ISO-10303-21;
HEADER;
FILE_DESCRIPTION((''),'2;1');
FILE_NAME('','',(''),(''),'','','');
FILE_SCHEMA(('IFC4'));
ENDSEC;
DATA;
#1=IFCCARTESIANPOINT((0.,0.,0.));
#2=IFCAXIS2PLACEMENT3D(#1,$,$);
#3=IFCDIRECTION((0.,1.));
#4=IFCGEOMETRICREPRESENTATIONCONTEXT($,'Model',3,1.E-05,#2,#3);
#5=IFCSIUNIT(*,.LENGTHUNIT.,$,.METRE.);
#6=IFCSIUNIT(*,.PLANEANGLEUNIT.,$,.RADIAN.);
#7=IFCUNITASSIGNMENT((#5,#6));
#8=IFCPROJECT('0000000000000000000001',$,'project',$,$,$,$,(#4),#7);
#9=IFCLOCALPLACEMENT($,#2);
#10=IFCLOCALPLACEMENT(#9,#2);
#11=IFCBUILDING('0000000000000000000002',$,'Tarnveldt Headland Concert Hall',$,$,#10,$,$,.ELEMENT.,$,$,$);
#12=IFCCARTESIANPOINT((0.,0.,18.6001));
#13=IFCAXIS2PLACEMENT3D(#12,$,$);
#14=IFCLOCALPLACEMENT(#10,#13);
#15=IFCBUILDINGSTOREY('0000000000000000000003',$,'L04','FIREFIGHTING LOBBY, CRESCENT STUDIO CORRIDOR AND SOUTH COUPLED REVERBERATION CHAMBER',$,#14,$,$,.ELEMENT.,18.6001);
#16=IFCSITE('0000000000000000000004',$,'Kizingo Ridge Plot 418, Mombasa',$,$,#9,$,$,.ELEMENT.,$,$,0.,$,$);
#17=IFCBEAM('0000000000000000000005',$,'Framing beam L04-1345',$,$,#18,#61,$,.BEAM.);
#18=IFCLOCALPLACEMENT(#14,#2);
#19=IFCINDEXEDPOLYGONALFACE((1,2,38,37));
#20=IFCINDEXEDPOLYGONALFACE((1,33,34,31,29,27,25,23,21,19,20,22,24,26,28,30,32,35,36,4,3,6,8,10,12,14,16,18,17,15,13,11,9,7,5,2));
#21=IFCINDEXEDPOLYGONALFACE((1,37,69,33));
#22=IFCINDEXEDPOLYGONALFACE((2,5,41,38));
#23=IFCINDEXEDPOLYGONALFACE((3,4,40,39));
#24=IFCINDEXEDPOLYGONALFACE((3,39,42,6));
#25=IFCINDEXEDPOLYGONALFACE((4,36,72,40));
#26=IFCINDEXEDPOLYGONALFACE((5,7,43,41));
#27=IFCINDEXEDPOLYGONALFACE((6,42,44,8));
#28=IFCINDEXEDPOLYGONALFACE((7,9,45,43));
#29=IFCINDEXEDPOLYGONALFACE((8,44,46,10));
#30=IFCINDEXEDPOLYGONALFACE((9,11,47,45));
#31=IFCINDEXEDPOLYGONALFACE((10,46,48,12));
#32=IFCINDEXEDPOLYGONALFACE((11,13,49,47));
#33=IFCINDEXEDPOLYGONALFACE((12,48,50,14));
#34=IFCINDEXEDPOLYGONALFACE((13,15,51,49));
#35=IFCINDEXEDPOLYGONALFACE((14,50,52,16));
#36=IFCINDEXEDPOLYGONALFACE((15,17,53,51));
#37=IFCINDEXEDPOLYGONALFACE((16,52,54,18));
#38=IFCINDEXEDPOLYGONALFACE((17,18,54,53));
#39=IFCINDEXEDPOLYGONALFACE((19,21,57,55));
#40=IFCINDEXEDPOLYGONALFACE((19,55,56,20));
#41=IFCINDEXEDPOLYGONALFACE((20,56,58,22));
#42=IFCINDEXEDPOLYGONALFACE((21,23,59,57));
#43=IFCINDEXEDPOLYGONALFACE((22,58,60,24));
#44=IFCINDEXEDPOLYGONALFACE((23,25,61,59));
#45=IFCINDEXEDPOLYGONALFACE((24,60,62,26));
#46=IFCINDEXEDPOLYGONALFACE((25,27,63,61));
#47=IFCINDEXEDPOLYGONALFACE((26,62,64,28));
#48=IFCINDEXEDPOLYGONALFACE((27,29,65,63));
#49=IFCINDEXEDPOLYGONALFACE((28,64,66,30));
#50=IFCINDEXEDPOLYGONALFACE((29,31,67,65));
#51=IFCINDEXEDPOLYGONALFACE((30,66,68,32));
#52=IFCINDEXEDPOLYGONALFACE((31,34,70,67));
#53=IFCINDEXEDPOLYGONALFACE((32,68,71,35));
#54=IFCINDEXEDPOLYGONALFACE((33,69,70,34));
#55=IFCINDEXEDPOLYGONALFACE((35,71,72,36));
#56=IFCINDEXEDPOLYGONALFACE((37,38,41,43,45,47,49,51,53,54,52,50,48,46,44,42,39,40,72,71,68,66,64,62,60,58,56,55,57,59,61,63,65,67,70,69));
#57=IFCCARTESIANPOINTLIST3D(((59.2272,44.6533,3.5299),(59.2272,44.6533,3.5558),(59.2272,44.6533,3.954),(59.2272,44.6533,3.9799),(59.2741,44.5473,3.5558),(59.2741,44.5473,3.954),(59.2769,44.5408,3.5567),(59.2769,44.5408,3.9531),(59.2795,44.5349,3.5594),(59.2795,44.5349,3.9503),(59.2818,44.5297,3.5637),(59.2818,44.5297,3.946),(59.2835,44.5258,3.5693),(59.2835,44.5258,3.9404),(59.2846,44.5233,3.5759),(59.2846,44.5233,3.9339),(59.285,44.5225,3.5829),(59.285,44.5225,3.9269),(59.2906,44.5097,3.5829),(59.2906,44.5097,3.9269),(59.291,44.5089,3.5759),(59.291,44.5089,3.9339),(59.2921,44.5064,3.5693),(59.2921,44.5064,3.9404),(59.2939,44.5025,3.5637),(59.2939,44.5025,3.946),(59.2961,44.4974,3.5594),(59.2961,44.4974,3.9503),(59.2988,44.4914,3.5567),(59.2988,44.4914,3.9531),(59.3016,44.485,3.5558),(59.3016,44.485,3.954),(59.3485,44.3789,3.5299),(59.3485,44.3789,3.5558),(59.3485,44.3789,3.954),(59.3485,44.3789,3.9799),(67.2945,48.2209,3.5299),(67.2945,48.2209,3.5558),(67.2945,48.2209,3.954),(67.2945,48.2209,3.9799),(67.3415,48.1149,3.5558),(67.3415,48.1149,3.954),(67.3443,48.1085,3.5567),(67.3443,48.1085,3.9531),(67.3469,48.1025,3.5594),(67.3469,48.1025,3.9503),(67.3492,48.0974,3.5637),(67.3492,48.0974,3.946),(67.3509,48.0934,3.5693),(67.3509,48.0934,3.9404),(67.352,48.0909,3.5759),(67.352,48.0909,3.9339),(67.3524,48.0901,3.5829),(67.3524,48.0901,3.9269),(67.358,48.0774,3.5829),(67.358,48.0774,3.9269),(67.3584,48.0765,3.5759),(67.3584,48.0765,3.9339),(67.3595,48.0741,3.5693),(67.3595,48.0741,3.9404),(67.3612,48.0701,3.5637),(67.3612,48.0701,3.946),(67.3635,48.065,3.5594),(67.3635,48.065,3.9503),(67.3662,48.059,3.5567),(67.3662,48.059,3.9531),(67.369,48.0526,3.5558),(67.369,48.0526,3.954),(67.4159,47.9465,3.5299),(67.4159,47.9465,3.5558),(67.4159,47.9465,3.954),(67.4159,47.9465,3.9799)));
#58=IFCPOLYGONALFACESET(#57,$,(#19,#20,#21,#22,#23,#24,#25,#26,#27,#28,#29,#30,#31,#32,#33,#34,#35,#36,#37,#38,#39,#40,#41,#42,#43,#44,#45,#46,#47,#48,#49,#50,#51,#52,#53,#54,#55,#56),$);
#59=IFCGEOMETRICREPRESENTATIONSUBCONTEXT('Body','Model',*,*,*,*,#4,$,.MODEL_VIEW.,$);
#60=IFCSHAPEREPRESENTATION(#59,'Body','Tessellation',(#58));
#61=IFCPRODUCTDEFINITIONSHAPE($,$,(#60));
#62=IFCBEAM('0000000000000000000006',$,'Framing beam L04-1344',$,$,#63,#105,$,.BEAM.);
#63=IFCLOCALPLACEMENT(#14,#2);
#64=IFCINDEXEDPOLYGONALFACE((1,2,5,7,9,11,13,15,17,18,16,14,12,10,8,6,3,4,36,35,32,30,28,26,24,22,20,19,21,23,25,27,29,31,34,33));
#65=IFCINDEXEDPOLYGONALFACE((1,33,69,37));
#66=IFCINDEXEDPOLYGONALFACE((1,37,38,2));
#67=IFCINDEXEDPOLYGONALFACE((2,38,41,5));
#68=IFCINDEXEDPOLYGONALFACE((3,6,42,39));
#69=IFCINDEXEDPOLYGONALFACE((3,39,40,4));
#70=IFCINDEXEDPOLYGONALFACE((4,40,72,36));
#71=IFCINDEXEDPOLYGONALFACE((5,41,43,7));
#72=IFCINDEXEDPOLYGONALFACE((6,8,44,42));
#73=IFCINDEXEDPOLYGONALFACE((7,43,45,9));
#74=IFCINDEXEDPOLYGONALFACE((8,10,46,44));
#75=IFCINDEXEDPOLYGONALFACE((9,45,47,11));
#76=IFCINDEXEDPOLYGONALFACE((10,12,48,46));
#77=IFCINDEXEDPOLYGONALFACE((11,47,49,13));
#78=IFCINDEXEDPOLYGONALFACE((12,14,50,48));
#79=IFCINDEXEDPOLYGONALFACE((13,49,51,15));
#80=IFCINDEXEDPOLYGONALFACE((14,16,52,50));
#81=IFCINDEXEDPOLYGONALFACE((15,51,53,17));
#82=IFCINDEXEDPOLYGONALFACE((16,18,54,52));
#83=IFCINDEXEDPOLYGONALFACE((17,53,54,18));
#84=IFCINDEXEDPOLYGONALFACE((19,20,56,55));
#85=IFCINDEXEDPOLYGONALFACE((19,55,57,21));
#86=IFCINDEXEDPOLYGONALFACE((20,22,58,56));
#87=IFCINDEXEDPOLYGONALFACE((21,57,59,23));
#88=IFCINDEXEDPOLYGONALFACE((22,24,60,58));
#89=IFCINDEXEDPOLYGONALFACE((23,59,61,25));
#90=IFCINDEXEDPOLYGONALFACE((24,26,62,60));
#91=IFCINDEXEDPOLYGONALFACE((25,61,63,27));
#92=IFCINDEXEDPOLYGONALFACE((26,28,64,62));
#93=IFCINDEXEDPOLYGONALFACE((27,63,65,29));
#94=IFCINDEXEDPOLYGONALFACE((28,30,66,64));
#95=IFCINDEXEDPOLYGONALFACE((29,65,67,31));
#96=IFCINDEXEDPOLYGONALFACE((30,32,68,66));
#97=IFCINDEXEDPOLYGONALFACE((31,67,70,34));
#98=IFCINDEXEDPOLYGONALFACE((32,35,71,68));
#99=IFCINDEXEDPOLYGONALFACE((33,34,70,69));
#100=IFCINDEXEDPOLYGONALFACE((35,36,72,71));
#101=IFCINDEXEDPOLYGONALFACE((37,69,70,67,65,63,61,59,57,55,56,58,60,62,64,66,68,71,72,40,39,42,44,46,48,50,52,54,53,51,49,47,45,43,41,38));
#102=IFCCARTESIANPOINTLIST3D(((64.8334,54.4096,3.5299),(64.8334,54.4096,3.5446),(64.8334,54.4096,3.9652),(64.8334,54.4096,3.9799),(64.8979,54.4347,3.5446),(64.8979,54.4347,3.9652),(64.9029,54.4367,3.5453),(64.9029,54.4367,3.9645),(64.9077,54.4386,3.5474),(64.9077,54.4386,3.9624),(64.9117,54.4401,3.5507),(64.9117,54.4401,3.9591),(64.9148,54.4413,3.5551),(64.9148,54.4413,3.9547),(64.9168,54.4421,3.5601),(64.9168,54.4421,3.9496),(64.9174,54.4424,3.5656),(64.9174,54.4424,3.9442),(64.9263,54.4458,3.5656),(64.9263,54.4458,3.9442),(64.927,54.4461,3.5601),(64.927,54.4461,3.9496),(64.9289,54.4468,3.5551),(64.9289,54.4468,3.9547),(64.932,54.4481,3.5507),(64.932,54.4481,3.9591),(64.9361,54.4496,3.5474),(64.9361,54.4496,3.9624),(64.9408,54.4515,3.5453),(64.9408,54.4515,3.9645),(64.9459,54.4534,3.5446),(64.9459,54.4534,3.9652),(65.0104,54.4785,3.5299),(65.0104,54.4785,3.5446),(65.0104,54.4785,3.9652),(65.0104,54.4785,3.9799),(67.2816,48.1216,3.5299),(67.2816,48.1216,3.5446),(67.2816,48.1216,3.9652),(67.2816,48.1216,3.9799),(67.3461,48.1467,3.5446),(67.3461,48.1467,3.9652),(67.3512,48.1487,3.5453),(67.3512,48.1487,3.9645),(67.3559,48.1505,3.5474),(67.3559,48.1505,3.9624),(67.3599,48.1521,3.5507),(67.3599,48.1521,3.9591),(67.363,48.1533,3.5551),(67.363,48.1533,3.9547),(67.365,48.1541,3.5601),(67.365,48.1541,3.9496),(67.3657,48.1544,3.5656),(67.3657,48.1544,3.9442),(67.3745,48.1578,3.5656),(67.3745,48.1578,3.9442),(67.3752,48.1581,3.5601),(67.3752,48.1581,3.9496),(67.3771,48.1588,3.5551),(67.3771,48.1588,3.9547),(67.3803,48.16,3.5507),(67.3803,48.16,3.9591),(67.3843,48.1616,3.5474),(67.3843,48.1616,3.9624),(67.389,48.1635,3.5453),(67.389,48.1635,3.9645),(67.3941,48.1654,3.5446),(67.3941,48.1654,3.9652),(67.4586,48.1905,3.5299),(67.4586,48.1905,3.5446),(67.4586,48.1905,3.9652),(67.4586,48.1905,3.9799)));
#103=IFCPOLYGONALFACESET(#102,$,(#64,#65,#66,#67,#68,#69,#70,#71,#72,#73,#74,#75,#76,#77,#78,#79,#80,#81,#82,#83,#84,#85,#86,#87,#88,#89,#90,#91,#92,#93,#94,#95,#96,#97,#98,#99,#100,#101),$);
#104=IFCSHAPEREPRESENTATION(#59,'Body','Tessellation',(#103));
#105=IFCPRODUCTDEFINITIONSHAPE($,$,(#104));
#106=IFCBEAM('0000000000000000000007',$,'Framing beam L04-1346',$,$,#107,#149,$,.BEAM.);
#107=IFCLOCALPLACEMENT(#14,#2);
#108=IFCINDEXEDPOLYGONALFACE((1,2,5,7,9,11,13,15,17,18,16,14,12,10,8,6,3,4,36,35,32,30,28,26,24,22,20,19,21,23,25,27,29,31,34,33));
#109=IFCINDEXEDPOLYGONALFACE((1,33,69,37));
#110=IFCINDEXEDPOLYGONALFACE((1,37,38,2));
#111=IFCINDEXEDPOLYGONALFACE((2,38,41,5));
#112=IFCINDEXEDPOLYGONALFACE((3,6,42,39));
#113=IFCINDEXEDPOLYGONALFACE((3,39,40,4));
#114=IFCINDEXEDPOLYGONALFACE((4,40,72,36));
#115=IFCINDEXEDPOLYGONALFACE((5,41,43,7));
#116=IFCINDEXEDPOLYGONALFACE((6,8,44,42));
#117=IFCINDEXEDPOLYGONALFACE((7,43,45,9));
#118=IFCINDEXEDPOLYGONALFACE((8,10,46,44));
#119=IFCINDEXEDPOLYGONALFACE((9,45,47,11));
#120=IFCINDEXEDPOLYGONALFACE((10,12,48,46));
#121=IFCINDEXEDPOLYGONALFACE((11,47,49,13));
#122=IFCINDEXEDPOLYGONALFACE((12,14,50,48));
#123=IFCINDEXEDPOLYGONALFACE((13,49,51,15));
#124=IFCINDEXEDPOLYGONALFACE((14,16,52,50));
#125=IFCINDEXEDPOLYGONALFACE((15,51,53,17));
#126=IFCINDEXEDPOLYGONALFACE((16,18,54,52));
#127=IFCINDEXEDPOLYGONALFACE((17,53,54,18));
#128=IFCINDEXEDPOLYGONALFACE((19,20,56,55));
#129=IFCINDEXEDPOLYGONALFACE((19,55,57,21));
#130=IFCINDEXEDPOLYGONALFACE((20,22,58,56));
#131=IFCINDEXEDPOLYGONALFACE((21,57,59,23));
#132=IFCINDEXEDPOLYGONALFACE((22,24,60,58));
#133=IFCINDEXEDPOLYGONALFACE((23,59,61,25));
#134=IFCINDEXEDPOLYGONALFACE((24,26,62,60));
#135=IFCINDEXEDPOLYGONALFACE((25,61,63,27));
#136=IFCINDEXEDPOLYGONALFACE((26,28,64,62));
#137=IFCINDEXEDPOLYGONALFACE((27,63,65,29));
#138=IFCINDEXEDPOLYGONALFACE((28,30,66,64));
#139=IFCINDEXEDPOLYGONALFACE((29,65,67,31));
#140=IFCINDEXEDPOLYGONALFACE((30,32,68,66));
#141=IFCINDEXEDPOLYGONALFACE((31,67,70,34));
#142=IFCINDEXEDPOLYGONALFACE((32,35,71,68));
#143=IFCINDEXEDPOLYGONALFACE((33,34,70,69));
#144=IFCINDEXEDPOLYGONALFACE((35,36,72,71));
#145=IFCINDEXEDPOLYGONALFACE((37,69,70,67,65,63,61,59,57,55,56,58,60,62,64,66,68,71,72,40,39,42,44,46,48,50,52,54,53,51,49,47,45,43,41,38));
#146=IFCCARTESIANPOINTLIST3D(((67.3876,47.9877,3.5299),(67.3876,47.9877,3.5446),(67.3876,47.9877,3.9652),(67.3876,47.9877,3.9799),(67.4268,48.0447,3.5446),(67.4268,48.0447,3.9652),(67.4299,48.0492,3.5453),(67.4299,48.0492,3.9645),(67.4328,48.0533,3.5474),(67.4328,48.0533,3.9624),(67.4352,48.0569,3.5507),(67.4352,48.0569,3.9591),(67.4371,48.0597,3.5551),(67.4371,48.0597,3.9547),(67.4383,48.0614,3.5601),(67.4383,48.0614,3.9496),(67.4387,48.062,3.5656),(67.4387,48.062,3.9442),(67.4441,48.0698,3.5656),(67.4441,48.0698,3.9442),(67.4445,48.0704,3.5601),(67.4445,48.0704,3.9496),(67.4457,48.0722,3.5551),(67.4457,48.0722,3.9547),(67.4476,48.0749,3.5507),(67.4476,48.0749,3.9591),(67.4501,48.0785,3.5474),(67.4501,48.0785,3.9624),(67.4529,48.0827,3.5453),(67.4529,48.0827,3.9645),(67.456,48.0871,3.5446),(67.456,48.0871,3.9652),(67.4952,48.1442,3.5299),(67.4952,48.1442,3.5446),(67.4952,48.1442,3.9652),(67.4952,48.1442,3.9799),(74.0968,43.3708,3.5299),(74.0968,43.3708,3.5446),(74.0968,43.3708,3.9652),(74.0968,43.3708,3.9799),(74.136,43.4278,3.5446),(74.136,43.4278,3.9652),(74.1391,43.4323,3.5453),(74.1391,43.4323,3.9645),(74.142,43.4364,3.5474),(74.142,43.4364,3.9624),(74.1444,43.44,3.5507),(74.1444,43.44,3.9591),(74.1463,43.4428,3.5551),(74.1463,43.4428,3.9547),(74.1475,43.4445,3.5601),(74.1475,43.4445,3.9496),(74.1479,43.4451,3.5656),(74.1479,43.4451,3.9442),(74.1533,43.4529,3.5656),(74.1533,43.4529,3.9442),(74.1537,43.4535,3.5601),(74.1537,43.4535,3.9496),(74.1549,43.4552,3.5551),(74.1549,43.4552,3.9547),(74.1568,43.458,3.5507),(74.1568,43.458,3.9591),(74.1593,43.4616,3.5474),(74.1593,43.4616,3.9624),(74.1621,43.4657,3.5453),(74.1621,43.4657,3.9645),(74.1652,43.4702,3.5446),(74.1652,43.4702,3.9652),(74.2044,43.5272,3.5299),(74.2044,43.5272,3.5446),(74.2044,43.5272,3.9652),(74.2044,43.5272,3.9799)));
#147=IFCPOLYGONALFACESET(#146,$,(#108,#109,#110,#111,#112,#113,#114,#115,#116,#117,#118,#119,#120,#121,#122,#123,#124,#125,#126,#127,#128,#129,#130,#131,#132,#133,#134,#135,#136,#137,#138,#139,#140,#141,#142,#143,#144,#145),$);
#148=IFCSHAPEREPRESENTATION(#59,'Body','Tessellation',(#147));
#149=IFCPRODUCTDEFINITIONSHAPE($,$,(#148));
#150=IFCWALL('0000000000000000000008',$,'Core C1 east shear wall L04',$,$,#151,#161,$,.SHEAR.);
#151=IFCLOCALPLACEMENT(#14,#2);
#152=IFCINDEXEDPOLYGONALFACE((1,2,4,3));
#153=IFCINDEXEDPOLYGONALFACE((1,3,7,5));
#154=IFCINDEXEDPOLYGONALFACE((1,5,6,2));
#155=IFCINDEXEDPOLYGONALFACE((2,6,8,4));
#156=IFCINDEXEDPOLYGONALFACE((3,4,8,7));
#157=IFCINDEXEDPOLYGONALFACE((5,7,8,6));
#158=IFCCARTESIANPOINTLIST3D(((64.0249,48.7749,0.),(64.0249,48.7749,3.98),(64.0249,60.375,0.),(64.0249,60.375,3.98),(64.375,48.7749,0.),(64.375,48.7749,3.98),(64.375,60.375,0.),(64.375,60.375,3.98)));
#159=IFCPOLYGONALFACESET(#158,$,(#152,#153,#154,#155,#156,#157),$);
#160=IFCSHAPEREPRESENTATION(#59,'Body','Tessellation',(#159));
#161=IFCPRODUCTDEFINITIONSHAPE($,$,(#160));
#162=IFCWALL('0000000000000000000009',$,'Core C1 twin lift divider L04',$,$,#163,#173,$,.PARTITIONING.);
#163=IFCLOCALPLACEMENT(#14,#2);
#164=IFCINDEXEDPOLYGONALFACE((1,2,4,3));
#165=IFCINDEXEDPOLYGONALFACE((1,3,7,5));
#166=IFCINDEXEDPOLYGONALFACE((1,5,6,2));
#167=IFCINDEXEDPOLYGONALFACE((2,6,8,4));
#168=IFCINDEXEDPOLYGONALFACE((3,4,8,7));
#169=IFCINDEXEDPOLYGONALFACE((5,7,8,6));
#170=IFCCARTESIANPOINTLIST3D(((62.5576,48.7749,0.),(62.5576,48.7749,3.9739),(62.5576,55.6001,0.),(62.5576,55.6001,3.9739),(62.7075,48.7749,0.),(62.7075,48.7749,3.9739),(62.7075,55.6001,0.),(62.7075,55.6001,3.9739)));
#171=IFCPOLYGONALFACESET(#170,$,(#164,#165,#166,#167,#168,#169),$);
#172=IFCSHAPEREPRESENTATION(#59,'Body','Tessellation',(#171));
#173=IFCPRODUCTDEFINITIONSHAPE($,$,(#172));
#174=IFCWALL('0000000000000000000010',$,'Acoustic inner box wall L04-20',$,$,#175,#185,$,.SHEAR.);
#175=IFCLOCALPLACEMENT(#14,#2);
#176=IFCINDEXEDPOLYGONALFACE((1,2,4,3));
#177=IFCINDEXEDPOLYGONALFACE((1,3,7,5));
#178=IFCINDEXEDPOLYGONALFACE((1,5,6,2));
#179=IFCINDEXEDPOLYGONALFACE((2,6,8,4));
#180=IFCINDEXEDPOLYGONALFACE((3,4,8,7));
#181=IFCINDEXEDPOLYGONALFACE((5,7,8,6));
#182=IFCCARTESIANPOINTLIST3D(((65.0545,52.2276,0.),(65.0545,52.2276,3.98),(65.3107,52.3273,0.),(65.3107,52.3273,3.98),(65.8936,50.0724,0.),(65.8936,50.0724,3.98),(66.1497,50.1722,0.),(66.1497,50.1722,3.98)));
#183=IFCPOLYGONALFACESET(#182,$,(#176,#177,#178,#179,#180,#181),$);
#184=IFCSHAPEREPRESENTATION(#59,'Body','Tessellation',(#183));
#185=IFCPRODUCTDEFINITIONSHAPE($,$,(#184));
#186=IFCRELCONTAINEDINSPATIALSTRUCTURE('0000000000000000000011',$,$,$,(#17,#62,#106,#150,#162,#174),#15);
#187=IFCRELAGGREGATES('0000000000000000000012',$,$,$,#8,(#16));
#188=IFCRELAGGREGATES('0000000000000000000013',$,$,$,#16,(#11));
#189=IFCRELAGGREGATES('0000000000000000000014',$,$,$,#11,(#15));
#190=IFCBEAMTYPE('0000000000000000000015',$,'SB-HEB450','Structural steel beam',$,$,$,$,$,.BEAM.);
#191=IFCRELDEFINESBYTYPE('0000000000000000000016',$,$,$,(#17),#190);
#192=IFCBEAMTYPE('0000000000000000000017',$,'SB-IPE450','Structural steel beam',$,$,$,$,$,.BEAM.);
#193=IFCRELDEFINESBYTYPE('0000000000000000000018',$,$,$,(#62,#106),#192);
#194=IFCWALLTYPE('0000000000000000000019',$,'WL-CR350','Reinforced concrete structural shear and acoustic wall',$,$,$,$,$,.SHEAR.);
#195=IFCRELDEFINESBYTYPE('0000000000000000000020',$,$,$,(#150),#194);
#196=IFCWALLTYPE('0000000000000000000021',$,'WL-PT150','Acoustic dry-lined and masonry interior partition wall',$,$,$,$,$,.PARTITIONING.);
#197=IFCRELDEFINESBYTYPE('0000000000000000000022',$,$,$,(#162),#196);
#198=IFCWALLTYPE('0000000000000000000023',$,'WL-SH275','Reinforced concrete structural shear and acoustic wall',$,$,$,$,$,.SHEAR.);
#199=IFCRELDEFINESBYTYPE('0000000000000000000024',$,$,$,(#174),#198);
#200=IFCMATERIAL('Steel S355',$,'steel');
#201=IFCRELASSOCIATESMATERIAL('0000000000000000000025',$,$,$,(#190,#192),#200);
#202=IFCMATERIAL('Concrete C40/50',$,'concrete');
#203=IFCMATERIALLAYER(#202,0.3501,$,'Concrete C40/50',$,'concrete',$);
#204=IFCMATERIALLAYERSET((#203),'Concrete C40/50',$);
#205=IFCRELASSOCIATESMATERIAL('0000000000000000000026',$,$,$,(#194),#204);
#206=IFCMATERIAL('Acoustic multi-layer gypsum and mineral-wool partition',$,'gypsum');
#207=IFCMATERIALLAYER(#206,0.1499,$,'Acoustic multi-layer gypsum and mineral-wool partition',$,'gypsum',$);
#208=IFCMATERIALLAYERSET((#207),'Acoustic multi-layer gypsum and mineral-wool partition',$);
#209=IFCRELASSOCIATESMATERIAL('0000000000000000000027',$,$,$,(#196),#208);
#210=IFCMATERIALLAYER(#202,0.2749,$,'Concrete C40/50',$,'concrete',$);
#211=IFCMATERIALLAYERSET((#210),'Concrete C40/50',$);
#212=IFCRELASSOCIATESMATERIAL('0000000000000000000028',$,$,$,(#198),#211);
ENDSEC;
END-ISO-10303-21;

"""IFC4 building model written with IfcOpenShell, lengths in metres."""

from ifc_helpers import new_model, si_unit, direction, frame, frame_2d, origin, origin_2d, place, context, subcontext, project, spatial, rectangle, i_section, extrude, material, layer, layer_set, material_profile, profile_set, type_object, element, save


model = new_model("IFC4")

# Units and contexts
model_context = context("Model", 3, precision=1e-05, world=origin(), true_north=direction((0.0, 1.0)))
body_context = subcontext(model_context, "Body", "Model", "MODEL_VIEW")
ifc_project = project(units=[si_unit("LENGTHUNIT", "METRE"), si_unit("PLANEANGLEUNIT", "RADIAN")], contexts=[model_context])

# Site, building, storey
site_placement = place(None, origin())
site = spatial("IfcSite", under=ifc_project, at=site_placement, Name="Kizingo Ridge Plot 418, Mombasa", CompositionType="ELEMENT", RefElevation=0.0)
building_placement = place(site_placement, origin())
building = spatial("IfcBuilding", under=site, at=building_placement, Name="Tarnveldt Headland Concert Hall", CompositionType="ELEMENT")
storey_placement = place(building_placement, frame((0.0, 0.0, 18.6001)))
storey = spatial("IfcBuildingStorey", under=building, at=storey_placement, Name="L04", Description="FIREFIGHTING LOBBY, CRESCENT STUDIO CORRIDOR AND SOUTH COUPLED REVERBERATION CHAMBER", CompositionType="ELEMENT", Elevation=18.6001)

# Shared definitions
ifc_material_1 = material(Name="Concrete C40/50", Category="concrete")

# Beams
ifc_material_2 = material(Name="Steel S355", Category="steel")
ifc_material_profile_1 = material_profile(ifc_material_2, i_section(OverallWidth=0.3, OverallDepth=0.45, WebThickness=0.0139, FlangeThickness=0.0259, FilletRadius=0.0271, at=origin_2d()), Name="HEB450", Category="steel")
ifc_profile_set_1 = profile_set([ifc_material_profile_1], Name="Steel S355")
beam_type_1 = type_object("IfcBeamType", Name="SB-HEB450", Description="Structural steel beam", PredefinedType="BEAM", material=ifc_profile_set_1)
beam_1_placement = place(storey_placement, frame((67.3552, 48.0837, 3.7549), z_axis=(-0.914562, -0.404445, 0.0), x_axis=(0.404445, -0.914562, 0.0)))
element("IfcBeam", 1, at=beam_1_placement, inside=storey, type_object=beam_type_1, Name="Framing beam L04-1345", PredefinedType="BEAM", context=body_context, shape_type="SweptSolid", body=[
    extrude(i_section(OverallWidth=0.3, OverallDepth=0.45, WebThickness=0.0139, FlangeThickness=0.0259, FilletRadius=0.0271, at=origin_2d()), origin(), (0.0, 0.0, 1.0), 8.821),
])
ifc_material_profile_2 = material_profile(ifc_material_2, i_section(OverallWidth=0.1899, OverallDepth=0.45, WebThickness=0.0095, FlangeThickness=0.0146, FilletRadius=0.021, at=origin_2d()), Name="IPE450", Category="steel")
ifc_profile_set_2 = profile_set([ifc_material_profile_2], Name="Steel S355")
beam_type_2 = type_object("IfcBeamType", Name="SB-IPE450", Description="Structural steel beam", PredefinedType="BEAM", material=ifc_profile_set_2)
beam_2_placement = place(storey_placement, frame((64.9219, 54.4441, 3.7549), z_axis=(0.362816, -0.931861, 0.0), x_axis=(0.931861, 0.362816, 0.0)))
element("IfcBeam", 2, at=beam_2_placement, inside=storey, type_object=beam_type_2, Name="Framing beam L04-1344", PredefinedType="BEAM", context=body_context, shape_type="SweptSolid", body=[
    extrude(i_section(OverallWidth=0.1899, OverallDepth=0.45, WebThickness=0.0095, FlangeThickness=0.0146, FilletRadius=0.021, at=origin_2d()), origin(), (0.0, 0.0, 1.0), 6.7478),
])
beam_3_placement = place(storey_placement, frame((67.4414, 48.0659, 3.7549), z_axis=(0.823793, -0.566891, 0.0), x_axis=(0.566891, 0.823793, 0.0)))
element("IfcBeam", 3, at=beam_3_placement, inside=storey, type_object=beam_type_2, Name="Framing beam L04-1346", PredefinedType="BEAM", context=body_context, shape_type="SweptSolid", body=[
    extrude(i_section(OverallWidth=0.1899, OverallDepth=0.45, WebThickness=0.0095, FlangeThickness=0.0146, FilletRadius=0.021, at=origin_2d()), origin(), (0.0, 0.0, 1.0), 8.1443),
])

# Walls
ifc_layer_1 = layer(ifc_material_1, 0.3501, Name="Concrete C40/50", Category="concrete")
ifc_layer_set_1 = layer_set([ifc_layer_1], Name="Concrete C40/50")
wall_type_1 = type_object("IfcWallType", Name="WL-CR350", Description="Reinforced concrete structural shear and acoustic wall", PredefinedType="SHEAR", material=ifc_layer_set_1)
wall_1_placement = place(storey_placement, frame((64.2, 48.7749, 0.0), z_axis=(0.0, 0.0, 1.0), x_axis=(0.0, 1.0, 0.0)))
element("IfcWall", 4, at=wall_1_placement, inside=storey, type_object=wall_type_1, Name="Core C1 east shear wall L04", PredefinedType="SHEAR", context=body_context, shape_type="SweptSolid", body=[
    extrude(rectangle(XDim=11.6001, YDim=0.3501, at=frame_2d((5.8, 0.0))), origin(), (0.0, 0.0, 1.0), 3.98),
])
ifc_material_3 = material(Name="Acoustic multi-layer gypsum and mineral-wool partition", Category="gypsum")
ifc_layer_2 = layer(ifc_material_3, 0.1499, Name="Acoustic multi-layer gypsum and mineral-wool partition", Category="gypsum")
ifc_layer_set_2 = layer_set([ifc_layer_2], Name="Acoustic multi-layer gypsum and mineral-wool partition")
wall_type_2 = type_object("IfcWallType", Name="WL-PT150", Description="Acoustic dry-lined and masonry interior partition wall", PredefinedType="PARTITIONING", material=ifc_layer_set_2)
wall_2_placement = place(storey_placement, frame((62.6326, 48.7749, 0.0), z_axis=(0.0, 0.0, 1.0), x_axis=(0.0, 1.0, 0.0)))
element("IfcWall", 5, at=wall_2_placement, inside=storey, type_object=wall_type_2, Name="Core C1 twin lift divider L04", PredefinedType="PARTITIONING", context=body_context, shape_type="SweptSolid", body=[
    extrude(rectangle(XDim=6.8252, YDim=0.1499, at=frame_2d((3.4126, 0.0))), origin(), (0.0, 0.0, 1.0), 3.9739),
])

# Wall
ifc_layer_3 = layer(ifc_material_1, 0.2749, Name="Concrete C40/50", Category="concrete")
ifc_layer_set_3 = layer_set([ifc_layer_3], Name="Concrete C40/50")
wall_type_3 = type_object("IfcWallType", Name="WL-SH275", Description="Reinforced concrete structural shear and acoustic wall", PredefinedType="SHEAR", material=ifc_layer_set_3)
wall_3_placement = place(storey_placement, frame((65.1826, 52.2773, 0.0), z_axis=(0.0, 0.0, 1.0), x_axis=(0.362803, -0.931866, 0.0)))
element("IfcWall", 6, at=wall_3_placement, inside=storey, type_object=wall_type_3, Name="Acoustic inner box wall L04-20", PredefinedType="SHEAR", context=body_context, shape_type="SweptSolid", body=[
    extrude(rectangle(XDim=2.3127, YDim=0.2749, at=frame_2d((1.1562, 0.0))), origin(), (0.0, 0.0, 1.0), 3.98),
])

save(model, "model.ifc")
